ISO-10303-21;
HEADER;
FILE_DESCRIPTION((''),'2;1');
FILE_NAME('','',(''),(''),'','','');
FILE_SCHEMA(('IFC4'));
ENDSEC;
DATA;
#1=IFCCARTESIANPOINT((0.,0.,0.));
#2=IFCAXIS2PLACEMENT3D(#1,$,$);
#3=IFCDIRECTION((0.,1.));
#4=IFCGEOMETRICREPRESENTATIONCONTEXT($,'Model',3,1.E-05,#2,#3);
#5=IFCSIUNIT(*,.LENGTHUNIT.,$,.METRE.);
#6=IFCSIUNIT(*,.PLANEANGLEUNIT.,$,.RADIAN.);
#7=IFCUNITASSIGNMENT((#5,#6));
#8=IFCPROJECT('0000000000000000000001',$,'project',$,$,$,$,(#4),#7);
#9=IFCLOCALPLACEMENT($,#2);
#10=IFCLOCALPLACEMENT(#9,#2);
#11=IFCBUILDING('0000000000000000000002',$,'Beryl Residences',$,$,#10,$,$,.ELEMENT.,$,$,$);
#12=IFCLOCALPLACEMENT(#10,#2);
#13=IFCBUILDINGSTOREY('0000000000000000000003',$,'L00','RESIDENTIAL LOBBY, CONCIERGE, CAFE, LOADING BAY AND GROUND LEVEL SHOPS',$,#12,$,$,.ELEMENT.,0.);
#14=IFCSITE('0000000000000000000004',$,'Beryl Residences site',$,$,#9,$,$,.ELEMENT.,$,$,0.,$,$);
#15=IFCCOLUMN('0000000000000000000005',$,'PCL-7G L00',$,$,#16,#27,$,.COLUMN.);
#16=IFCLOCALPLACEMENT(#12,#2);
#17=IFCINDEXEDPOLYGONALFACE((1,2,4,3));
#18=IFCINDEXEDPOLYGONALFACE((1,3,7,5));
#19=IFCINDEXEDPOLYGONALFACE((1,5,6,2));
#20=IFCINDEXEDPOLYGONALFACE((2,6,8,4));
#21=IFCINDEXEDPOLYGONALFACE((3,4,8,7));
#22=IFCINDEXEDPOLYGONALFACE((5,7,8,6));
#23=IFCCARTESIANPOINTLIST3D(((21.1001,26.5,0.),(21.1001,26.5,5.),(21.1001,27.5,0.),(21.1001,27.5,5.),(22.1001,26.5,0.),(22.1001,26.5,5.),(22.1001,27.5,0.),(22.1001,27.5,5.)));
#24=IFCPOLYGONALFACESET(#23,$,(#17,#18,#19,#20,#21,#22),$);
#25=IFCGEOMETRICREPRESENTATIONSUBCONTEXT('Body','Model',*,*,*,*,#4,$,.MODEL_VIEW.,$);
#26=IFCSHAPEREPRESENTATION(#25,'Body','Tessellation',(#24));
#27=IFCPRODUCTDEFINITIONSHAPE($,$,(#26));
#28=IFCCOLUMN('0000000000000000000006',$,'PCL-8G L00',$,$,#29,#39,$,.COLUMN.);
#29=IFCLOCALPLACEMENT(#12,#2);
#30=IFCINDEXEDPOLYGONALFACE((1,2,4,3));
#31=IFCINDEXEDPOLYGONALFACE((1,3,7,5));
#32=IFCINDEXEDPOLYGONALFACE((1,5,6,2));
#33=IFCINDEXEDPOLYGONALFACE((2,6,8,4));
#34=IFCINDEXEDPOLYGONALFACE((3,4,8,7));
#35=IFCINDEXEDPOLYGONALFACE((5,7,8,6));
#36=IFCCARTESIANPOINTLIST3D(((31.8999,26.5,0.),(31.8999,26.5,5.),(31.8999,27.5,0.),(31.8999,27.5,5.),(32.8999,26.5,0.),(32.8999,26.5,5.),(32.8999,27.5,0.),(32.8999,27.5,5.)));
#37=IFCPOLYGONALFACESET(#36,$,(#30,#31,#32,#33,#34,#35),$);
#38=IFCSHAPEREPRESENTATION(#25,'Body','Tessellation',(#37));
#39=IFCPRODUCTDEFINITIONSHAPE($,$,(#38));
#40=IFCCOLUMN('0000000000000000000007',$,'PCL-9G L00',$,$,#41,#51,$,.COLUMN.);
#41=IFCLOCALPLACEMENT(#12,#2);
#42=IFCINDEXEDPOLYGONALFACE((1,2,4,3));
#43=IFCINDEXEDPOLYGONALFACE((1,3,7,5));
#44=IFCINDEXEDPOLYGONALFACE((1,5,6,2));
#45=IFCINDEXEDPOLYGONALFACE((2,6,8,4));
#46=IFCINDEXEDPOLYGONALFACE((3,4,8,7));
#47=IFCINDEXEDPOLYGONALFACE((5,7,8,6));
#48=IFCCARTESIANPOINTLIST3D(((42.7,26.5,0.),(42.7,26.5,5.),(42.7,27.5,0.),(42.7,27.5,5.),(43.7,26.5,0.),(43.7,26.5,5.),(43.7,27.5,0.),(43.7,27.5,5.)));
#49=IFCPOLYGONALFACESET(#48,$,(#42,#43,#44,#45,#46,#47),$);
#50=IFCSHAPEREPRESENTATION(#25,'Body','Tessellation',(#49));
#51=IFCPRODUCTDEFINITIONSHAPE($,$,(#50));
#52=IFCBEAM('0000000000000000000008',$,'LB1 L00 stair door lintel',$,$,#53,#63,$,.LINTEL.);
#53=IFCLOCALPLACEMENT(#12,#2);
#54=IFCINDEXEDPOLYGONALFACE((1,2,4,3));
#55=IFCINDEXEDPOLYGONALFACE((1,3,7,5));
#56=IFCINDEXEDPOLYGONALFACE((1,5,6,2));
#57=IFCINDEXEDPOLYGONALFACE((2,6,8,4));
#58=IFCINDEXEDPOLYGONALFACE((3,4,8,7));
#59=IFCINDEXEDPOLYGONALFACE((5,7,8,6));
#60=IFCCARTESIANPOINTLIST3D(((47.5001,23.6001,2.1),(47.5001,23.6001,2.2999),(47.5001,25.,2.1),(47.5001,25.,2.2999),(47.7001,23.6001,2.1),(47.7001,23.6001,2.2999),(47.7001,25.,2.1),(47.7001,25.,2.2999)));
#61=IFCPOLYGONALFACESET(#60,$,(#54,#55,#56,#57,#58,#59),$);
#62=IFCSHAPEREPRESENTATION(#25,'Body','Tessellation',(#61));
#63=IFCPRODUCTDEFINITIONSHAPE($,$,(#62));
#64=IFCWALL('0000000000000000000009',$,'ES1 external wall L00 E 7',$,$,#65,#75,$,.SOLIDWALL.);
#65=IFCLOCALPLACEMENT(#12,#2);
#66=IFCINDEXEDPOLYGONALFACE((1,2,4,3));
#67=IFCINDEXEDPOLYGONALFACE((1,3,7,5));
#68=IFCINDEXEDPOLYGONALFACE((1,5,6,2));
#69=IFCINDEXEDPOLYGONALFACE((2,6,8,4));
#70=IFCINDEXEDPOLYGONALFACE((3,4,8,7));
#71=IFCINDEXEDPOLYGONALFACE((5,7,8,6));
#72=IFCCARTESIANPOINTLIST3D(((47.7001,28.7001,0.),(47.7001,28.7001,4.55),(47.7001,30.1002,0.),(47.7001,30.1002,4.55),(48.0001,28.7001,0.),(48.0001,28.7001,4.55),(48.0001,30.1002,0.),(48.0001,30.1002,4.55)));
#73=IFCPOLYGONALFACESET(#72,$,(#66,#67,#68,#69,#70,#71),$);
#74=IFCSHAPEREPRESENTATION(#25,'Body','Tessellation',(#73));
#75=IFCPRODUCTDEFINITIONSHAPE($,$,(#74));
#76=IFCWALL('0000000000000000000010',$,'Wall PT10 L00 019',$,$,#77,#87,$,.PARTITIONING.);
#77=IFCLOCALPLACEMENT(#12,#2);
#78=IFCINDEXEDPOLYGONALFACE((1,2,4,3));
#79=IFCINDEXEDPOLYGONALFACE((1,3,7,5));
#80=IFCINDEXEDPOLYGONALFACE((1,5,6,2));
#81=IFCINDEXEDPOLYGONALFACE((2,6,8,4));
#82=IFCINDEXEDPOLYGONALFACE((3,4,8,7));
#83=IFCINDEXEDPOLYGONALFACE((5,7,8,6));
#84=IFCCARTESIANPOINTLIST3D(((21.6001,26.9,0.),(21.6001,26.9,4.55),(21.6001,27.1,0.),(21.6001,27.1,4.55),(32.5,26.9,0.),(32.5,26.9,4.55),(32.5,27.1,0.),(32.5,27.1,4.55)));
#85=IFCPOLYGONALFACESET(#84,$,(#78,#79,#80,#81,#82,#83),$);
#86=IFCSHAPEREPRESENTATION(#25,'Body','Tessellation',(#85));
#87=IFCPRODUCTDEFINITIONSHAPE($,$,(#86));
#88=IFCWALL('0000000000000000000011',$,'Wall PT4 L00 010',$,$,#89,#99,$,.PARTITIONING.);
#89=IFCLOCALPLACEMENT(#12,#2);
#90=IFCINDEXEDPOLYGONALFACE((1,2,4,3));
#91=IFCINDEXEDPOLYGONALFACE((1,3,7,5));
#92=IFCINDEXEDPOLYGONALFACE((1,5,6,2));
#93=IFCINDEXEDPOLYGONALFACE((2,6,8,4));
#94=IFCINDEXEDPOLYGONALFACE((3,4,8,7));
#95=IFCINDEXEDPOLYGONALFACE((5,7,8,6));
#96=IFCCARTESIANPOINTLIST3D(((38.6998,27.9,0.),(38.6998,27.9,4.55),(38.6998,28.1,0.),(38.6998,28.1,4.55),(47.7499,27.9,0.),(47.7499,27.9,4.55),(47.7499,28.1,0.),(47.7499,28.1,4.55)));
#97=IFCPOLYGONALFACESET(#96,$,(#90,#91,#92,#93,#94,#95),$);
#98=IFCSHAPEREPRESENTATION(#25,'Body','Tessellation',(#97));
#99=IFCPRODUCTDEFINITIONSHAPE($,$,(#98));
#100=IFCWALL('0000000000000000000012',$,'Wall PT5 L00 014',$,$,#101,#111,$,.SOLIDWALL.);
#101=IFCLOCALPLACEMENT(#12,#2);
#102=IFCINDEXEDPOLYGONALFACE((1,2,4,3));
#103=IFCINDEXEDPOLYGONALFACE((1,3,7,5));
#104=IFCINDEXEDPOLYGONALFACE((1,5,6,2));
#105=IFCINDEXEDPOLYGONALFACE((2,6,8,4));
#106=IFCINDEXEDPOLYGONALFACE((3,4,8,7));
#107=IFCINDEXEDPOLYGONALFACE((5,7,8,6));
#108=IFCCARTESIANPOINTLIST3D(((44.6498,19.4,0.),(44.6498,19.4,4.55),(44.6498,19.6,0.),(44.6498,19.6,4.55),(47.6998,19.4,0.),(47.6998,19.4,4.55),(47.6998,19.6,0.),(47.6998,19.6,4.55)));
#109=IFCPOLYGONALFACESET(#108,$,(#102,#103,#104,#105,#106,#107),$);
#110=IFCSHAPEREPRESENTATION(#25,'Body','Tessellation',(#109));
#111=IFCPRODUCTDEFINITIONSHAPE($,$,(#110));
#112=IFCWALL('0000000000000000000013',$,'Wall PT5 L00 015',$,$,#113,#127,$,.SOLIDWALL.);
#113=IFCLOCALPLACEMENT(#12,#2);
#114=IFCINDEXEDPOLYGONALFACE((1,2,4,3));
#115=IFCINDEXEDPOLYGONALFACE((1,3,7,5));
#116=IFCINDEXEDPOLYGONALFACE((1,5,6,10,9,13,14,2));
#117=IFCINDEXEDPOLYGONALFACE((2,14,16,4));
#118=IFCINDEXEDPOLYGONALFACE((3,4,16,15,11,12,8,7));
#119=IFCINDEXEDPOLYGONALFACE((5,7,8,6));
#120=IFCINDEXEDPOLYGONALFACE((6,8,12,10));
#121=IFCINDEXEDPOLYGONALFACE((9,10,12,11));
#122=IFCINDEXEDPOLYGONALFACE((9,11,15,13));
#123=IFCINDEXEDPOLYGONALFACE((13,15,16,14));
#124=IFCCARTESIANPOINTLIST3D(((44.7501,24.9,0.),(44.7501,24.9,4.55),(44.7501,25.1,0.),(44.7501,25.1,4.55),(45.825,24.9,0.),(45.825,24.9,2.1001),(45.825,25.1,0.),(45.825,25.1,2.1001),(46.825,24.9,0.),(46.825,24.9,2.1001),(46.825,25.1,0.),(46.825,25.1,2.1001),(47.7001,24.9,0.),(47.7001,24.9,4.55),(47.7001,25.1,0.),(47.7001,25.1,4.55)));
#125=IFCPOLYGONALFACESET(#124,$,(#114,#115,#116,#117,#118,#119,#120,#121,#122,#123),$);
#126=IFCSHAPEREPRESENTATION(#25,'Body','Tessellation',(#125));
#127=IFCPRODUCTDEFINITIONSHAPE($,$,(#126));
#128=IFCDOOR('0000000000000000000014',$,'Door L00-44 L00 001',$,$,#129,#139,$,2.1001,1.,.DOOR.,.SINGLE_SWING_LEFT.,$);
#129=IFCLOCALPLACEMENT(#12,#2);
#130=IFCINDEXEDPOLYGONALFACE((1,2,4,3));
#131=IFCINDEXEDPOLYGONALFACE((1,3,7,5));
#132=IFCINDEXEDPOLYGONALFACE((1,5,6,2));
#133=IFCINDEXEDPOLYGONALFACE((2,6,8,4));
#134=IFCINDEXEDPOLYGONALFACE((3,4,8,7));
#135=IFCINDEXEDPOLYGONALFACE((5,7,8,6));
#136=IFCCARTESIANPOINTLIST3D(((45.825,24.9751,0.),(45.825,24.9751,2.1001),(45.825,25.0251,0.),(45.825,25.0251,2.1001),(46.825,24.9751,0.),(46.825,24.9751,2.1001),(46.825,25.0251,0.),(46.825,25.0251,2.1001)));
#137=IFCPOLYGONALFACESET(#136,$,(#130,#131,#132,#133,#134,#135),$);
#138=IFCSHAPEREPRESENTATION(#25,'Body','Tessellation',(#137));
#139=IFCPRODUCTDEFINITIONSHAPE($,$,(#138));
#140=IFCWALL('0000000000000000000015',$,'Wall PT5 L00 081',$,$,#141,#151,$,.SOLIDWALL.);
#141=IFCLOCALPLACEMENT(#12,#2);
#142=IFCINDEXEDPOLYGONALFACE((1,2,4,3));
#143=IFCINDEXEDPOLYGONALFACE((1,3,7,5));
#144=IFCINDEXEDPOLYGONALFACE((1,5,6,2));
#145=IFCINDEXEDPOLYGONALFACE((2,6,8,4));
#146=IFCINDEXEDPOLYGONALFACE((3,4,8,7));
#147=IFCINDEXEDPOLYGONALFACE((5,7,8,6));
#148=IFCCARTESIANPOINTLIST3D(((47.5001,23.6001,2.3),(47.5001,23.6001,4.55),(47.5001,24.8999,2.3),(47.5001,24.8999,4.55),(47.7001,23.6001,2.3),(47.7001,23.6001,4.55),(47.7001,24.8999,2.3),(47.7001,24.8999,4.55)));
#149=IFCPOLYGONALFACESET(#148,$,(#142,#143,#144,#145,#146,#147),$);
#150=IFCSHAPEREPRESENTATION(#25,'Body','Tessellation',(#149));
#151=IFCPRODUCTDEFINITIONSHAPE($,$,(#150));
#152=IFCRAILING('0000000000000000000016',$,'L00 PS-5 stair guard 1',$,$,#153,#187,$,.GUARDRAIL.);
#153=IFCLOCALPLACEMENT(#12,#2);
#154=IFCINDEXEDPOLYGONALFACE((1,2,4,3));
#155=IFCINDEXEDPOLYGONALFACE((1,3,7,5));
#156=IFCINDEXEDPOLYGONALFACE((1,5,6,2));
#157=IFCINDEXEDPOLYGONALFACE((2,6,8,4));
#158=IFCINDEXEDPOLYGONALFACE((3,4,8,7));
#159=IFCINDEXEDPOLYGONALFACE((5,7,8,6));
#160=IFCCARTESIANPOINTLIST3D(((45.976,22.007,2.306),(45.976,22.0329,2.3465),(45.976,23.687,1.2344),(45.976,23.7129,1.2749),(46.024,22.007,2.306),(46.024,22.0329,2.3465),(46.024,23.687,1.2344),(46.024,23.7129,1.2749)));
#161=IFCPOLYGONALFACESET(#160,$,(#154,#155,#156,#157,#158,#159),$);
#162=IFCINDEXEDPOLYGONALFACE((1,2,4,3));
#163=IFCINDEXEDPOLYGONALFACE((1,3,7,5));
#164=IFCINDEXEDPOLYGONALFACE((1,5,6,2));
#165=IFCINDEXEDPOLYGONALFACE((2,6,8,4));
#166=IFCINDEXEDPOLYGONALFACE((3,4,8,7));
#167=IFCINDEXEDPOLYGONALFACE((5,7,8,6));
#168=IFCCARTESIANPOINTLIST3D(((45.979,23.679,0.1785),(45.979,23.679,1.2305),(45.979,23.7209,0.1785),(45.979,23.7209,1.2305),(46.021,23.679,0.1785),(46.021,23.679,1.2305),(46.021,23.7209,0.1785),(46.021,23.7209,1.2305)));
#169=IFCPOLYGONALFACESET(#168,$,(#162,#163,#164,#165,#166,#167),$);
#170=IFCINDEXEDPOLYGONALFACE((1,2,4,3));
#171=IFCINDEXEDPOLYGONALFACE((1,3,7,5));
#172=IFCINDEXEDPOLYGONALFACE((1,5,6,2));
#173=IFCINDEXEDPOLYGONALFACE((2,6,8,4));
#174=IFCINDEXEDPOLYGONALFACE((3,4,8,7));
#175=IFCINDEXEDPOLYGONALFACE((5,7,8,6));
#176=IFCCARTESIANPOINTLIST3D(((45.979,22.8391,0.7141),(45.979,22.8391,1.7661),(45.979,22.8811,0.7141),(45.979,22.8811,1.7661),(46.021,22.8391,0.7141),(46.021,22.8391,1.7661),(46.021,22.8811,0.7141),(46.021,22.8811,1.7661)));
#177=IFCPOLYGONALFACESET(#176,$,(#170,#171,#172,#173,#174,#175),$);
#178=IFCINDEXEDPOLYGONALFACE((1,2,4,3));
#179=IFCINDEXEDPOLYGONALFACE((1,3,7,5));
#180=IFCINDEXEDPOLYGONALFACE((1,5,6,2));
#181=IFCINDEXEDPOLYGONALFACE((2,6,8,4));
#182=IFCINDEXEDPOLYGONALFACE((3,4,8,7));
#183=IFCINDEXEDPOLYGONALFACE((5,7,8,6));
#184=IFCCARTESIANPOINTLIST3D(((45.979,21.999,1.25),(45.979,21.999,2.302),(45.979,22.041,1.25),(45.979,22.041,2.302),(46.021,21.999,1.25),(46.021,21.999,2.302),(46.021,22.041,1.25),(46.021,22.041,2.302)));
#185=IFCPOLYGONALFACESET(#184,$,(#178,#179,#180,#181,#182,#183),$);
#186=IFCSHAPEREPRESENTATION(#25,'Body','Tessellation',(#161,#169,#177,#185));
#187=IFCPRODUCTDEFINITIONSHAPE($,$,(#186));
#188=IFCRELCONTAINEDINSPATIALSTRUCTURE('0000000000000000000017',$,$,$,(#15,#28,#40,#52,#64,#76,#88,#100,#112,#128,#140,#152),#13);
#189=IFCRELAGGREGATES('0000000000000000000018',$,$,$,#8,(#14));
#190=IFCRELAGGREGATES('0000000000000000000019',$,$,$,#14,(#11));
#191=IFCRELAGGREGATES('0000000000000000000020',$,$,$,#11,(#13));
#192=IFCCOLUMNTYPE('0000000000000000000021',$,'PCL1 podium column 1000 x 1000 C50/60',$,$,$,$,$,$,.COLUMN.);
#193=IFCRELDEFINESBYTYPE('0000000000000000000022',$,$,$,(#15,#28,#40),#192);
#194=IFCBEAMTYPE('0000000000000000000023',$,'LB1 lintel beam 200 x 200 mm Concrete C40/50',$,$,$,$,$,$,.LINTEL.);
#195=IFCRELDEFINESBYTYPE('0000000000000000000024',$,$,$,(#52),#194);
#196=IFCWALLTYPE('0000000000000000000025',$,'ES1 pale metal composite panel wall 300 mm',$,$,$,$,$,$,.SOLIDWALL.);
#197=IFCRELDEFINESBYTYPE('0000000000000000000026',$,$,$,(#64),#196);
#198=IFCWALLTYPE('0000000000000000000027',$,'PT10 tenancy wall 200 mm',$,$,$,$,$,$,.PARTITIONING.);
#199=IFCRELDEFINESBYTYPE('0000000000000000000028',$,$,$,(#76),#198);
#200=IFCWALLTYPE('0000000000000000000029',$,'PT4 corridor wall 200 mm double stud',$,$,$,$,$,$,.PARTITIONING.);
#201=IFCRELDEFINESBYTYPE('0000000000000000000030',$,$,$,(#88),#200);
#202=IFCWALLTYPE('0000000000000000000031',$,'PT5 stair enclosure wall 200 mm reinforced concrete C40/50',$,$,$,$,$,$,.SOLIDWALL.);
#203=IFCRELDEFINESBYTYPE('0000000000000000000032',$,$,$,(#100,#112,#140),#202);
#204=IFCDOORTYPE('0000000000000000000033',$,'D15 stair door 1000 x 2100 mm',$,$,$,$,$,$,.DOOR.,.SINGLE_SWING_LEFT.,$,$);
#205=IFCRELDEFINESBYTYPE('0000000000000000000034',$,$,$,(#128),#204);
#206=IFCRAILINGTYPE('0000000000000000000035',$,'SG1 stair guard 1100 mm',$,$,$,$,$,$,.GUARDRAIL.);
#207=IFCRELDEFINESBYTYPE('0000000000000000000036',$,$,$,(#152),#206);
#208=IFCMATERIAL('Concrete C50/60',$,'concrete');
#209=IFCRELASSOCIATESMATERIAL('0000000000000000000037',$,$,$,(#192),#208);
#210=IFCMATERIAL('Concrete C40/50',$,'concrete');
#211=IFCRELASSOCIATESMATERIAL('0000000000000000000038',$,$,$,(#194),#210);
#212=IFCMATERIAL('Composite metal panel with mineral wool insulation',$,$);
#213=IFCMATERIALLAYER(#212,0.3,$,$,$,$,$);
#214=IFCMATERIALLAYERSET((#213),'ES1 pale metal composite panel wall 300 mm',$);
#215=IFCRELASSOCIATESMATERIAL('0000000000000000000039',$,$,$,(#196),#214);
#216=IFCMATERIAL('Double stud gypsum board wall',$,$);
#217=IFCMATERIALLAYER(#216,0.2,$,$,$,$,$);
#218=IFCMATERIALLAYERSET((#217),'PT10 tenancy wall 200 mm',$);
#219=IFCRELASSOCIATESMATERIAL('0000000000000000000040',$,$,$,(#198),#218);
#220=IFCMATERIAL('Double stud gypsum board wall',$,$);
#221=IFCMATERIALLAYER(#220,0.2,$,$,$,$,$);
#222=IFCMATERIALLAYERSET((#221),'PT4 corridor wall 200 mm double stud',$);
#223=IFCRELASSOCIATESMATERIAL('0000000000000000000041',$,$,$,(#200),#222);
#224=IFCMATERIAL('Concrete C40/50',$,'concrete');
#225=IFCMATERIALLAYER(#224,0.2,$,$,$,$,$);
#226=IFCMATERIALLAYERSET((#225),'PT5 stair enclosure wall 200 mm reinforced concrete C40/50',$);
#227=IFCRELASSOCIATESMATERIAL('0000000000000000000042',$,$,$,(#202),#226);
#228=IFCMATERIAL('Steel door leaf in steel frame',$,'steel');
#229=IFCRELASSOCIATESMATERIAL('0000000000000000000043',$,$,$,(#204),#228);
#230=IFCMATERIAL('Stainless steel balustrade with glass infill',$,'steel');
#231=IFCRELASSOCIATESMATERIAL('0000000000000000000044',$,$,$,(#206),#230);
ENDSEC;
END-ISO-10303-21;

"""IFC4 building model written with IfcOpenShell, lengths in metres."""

from ifc_helpers import new_model, si_unit, direction, frame, frame_2d, origin, origin_2d, place, context, subcontext, project, spatial, rectangle, extrude, material, layer, layer_set, material_profile, profile_set, type_object, element, fill, save


model = new_model("IFC4")

# Units and contexts
model_context = context("Model", 3, precision=1e-05, world=origin(), true_north=direction((0.0, 1.0)))
body_context = subcontext(model_context, "Body", "Model", "MODEL_VIEW")
ifc_project = project(units=[si_unit("LENGTHUNIT", "METRE"), si_unit("PLANEANGLEUNIT", "RADIAN")], contexts=[model_context])

# Site, building, storey
site_placement = place(None, origin())
site = spatial("IfcSite", under=ifc_project, at=site_placement, Name="Beryl Residences site", CompositionType="ELEMENT", RefElevation=0.0)
building_placement = place(site_placement, origin())
building = spatial("IfcBuilding", under=site, at=building_placement, Name="Beryl Residences", CompositionType="ELEMENT")
storey_placement = place(building_placement, origin())
storey = spatial("IfcBuildingStorey", under=building, at=storey_placement, Name="L00", Description="RESIDENTIAL LOBBY, CONCIERGE, CAFE, LOADING BAY AND GROUND LEVEL SHOPS", CompositionType="ELEMENT", Elevation=0.0)

# Columns
ifc_material_1 = material(Name="Concrete C50/60", Category="concrete")
ifc_material_profile_1 = material_profile(ifc_material_1, rectangle(XDim=1.0, YDim=1.0, at=origin_2d()))
ifc_profile_set_1 = profile_set([ifc_material_profile_1], Name="Concrete C50/60")
column_type = type_object("IfcColumnType", Name="PCL1 podium column 1000 x 1000 C50/60", PredefinedType="COLUMN", material=ifc_profile_set_1)
for number, where, z_axis, x_axis, name in (
    (1, (21.6001, 27.0, 0.0), (0.0, 0.0, 1.0), (1.0, 0.0, 0.0), "PCL-7G L00"),
    (2, (32.3999, 27.0, 0.0), (0.0, 0.0, 1.0), (1.0, 0.0, 0.0), "PCL-8G L00"),
    (3, (43.2, 27.0, 0.0), (0.0, 0.0, 1.0), (1.0, 0.0, 0.0), "PCL-9G L00"),
):
    element("IfcColumn", number, at=place(storey_placement, frame(where, z_axis=z_axis, x_axis=x_axis)), inside=storey, type_object=column_type, Name=name, PredefinedType="COLUMN", context=body_context, shape_type="SweptSolid", body=[
        extrude(rectangle(XDim=1.0, YDim=1.0, at=origin_2d()), origin(), (0.0, 0.0, 1.0), 5.0),
    ])

# Beam
ifc_material_2 = material(Name="Concrete C40/50", Category="concrete")
ifc_material_profile_2 = material_profile(ifc_material_2, rectangle(XDim=0.2, YDim=0.2, at=origin_2d()))
ifc_profile_set_2 = profile_set([ifc_material_profile_2], Name="Concrete C40/50")
beam_type = type_object("IfcBeamType", Name="LB1 lintel beam 200 x 200 mm Concrete C40/50", PredefinedType="LINTEL", material=ifc_profile_set_2)
beam_placement = place(storey_placement, frame((47.6001, 23.6001, 2.2), z_axis=(0.0, 1.0, 0.0), x_axis=(-1.0, 0.0, 0.0)))
element("IfcBeam", 4, at=beam_placement, inside=storey, type_object=beam_type, Name="LB1 L00 stair door lintel", PredefinedType="LINTEL", context=body_context, shape_type="SweptSolid", body=[
    extrude(rectangle(XDim=0.2, YDim=0.2, at=origin_2d()), origin(), (0.0, 0.0, 1.0), 1.3999),
])

# Shared definitions
ifc_material_3 = material(Name="Composite metal panel with mineral wool insulation")
ifc_layer_1 = layer(ifc_material_3, 0.3)
ifc_layer_set_1 = layer_set([ifc_layer_1], Name="ES1 pale metal composite panel wall 300 mm")
wall_type_1 = type_object("IfcWallType", Name="ES1 pale metal composite panel wall 300 mm", PredefinedType="SOLIDWALL", material=ifc_layer_set_1)

# Wall
wall_1_placement = place(storey_placement, frame((47.8501, 28.7, 0.0), z_axis=(0.0, 0.0, 1.0), x_axis=(0.0, 1.0, 0.0)))
element("IfcWall", 5, at=wall_1_placement, inside=storey, type_object=wall_type_1, Name="ES1 external wall L00 E 7", PredefinedType="SOLIDWALL", context=body_context, shape_type="SweptSolid", body=[
    extrude(rectangle(XDim=1.4001, YDim=0.3, at=frame_2d((0.7002, 0.0))), origin(), (0.0, 0.0, 1.0), 4.55),
])

# Walls
ifc_material_4 = material(Name="Double stud gypsum board wall")
ifc_layer_2 = layer(ifc_material_4, 0.2)
ifc_layer_set_2 = layer_set([ifc_layer_2], Name="PT10 tenancy wall 200 mm")
wall_type_2 = type_object("IfcWallType", Name="PT10 tenancy wall 200 mm", PredefinedType="PARTITIONING", material=ifc_layer_set_2)
wall_2_placement = place(storey_placement, frame((21.6001, 27.0, 0.0), z_axis=(0.0, 0.0, 1.0), x_axis=(1.0, 0.0, 0.0)))
element("IfcWall", 6, at=wall_2_placement, inside=storey, type_object=wall_type_2, Name="Wall PT10 L00 019", PredefinedType="PARTITIONING", context=body_context, shape_type="SweptSolid", body=[
    extrude(rectangle(XDim=10.8999, YDim=0.2, at=frame_2d((5.45, 0.0))), origin(), (0.0, 0.0, 1.0), 4.55),
])
ifc_material_5 = material(Name="Double stud gypsum board wall")
ifc_layer_3 = layer(ifc_material_5, 0.2)
ifc_layer_set_3 = layer_set([ifc_layer_3], Name="PT4 corridor wall 200 mm double stud")
wall_type_3 = type_object("IfcWallType", Name="PT4 corridor wall 200 mm double stud", PredefinedType="PARTITIONING", material=ifc_layer_set_3)
wall_3_placement = place(storey_placement, frame((38.7, 28.0, 0.0), z_axis=(0.0, 0.0, 1.0), x_axis=(1.0, 0.0, 0.0)))
element("IfcWall", 7, at=wall_3_placement, inside=storey, type_object=wall_type_3, Name="Wall PT4 L00 010", PredefinedType="PARTITIONING", context=body_context, shape_type="SweptSolid", body=[
    extrude(rectangle(XDim=9.05, YDim=0.2, at=frame_2d((4.5249, 0.0))), origin(), (0.0, 0.0, 1.0), 4.55),
])
ifc_material_6 = material(Name="Concrete C40/50", Category="concrete")
ifc_layer_4 = layer(ifc_material_6, 0.2)
ifc_layer_set_4 = layer_set([ifc_layer_4], Name="PT5 stair enclosure wall 200 mm reinforced concrete C40/50")
wall_type_4 = type_object("IfcWallType", Name="PT5 stair enclosure wall 200 mm reinforced concrete C40/50", PredefinedType="SOLIDWALL", material=ifc_layer_set_4)
wall_4_placement = place(storey_placement, frame((44.6499, 19.5, 0.0), z_axis=(0.0, 0.0, 1.0), x_axis=(1.0, 0.0, 0.0)))
element("IfcWall", 8, at=wall_4_placement, inside=storey, type_object=wall_type_4, Name="Wall PT5 L00 014", PredefinedType="SOLIDWALL", context=body_context, shape_type="SweptSolid", body=[
    extrude(rectangle(XDim=3.05, YDim=0.2, at=frame_2d((1.5249, 0.0))), origin(), (0.0, 0.0, 1.0), 4.55),
])

# Wall, opening, door
wall_5_placement = place(storey_placement, frame((44.75, 25.0, 0.0), z_axis=(0.0, 0.0, 1.0), x_axis=(1.0, 0.0, 0.0)))
wall_5 = element("IfcWall", 9, at=wall_5_placement, inside=storey, type_object=wall_type_4, Name="Wall PT5 L00 015", PredefinedType="SOLIDWALL", context=body_context, shape_type="SweptSolid", body=[
    extrude(rectangle(XDim=2.95, YDim=0.2, at=frame_2d((1.4751, 0.0))), origin(), (0.0, 0.0, 1.0), 4.55),
])
opening_1_placement = place(wall_5_placement, frame((2.075, 0.0, 0.0), z_axis=(0.0, 0.0, 1.0), x_axis=(-1.0, 0.0, 0.0)))
opening_1 = element("IfcOpeningElement", 10, at=opening_1_placement, cuts=wall_5, PredefinedType="OPENING", context=body_context, shape_type="SweptSolid", body=[
    extrude(rectangle(XDim=1.0, YDim=2.1001, at=frame_2d((0.5, 1.05))), frame((0.0, 0.1099, 0.0), z_axis=(0.0, -1.0, 0.0), x_axis=(1.0, 0.0, 0.0)), (0.0, 0.0, 1.0), 0.22),
])
ifc_material_7 = material(Name="Steel door leaf in steel frame", Category="steel")
door_type_1 = type_object("IfcDoorType", Name="D15 stair door 1000 x 2100 mm", OperationType="SINGLE_SWING_LEFT", PredefinedType="DOOR", material=ifc_material_7)
door_1_placement = place(opening_1_placement, origin())
door_1 = element("IfcDoor", 11, at=door_1_placement, inside=storey, type_object=door_type_1, Name="Door L00-44 L00 001", OperationType="SINGLE_SWING_LEFT", OverallHeight=2.1001, OverallWidth=1.0, PredefinedType="DOOR", context=body_context, shape_type="SweptSolid", body=[
    extrude(rectangle(XDim=1.0, YDim=2.1001, at=frame_2d((0.5, 1.05))), frame((0.0, 0.0249, 0.0), z_axis=(0.0, -1.0, 0.0), x_axis=(1.0, 0.0, 0.0)), (0.0, 0.0, 1.0), 0.05),
])
fill(opening_1, door_1)

# Wall
wall_6_placement = place(storey_placement, frame((47.6001, 23.6001, 2.3), z_axis=(0.0, 0.0, 1.0), x_axis=(0.0, 1.0, 0.0)))
element("IfcWall", 12, at=wall_6_placement, inside=storey, type_object=wall_type_4, Name="Wall PT5 L00 081", PredefinedType="SOLIDWALL", context=body_context, shape_type="SweptSolid", body=[
    extrude(rectangle(XDim=1.2998, YDim=0.2, at=frame_2d((0.6499, 0.0))), origin(), (0.0, 0.0, 1.0), 2.25),
])

# Railing
ifc_material_8 = material(Name="Stainless steel balustrade with glass infill", Category="steel")
railing_type_1 = type_object("IfcRailingType", Name="SG1 stair guard 1100 mm", PredefinedType="GUARDRAIL", material=ifc_material_8)
railing_1_placement = place(storey_placement, frame((46.0, 23.7, 0.1785)))
element("IfcRailing", 13, at=railing_1_placement, inside=storey, type_object=railing_type_1, Name="L00 PS-5 stair guard 1", PredefinedType="GUARDRAIL", context=body_context, shape_type="SweptSolid", body=[
    extrude(rectangle(XDim=0.0481, YDim=0.0481, at=origin_2d()), frame((0.0, 0.0, 1.0762), z_axis=(0.0, -0.843096, 0.537763), x_axis=(1.0, 0.0, 0.0)), (0.0, 0.0, 1.0), 1.9927),
    extrude(rectangle(XDim=0.042, YDim=0.042, at=origin_2d()), origin(), (0.0, 0.0, 1.0), 1.052),
    extrude(rectangle(XDim=0.042, YDim=0.042, at=origin_2d()), frame((0.0, -0.8398, 0.5356)), (0.0, 0.0, 1.0), 1.052),
    extrude(rectangle(XDim=0.042, YDim=0.042, at=origin_2d()), frame((0.0, -1.6799, 1.0715)), (0.0, 0.0, 1.0), 1.052),
])

save(model, "model.ifc")
